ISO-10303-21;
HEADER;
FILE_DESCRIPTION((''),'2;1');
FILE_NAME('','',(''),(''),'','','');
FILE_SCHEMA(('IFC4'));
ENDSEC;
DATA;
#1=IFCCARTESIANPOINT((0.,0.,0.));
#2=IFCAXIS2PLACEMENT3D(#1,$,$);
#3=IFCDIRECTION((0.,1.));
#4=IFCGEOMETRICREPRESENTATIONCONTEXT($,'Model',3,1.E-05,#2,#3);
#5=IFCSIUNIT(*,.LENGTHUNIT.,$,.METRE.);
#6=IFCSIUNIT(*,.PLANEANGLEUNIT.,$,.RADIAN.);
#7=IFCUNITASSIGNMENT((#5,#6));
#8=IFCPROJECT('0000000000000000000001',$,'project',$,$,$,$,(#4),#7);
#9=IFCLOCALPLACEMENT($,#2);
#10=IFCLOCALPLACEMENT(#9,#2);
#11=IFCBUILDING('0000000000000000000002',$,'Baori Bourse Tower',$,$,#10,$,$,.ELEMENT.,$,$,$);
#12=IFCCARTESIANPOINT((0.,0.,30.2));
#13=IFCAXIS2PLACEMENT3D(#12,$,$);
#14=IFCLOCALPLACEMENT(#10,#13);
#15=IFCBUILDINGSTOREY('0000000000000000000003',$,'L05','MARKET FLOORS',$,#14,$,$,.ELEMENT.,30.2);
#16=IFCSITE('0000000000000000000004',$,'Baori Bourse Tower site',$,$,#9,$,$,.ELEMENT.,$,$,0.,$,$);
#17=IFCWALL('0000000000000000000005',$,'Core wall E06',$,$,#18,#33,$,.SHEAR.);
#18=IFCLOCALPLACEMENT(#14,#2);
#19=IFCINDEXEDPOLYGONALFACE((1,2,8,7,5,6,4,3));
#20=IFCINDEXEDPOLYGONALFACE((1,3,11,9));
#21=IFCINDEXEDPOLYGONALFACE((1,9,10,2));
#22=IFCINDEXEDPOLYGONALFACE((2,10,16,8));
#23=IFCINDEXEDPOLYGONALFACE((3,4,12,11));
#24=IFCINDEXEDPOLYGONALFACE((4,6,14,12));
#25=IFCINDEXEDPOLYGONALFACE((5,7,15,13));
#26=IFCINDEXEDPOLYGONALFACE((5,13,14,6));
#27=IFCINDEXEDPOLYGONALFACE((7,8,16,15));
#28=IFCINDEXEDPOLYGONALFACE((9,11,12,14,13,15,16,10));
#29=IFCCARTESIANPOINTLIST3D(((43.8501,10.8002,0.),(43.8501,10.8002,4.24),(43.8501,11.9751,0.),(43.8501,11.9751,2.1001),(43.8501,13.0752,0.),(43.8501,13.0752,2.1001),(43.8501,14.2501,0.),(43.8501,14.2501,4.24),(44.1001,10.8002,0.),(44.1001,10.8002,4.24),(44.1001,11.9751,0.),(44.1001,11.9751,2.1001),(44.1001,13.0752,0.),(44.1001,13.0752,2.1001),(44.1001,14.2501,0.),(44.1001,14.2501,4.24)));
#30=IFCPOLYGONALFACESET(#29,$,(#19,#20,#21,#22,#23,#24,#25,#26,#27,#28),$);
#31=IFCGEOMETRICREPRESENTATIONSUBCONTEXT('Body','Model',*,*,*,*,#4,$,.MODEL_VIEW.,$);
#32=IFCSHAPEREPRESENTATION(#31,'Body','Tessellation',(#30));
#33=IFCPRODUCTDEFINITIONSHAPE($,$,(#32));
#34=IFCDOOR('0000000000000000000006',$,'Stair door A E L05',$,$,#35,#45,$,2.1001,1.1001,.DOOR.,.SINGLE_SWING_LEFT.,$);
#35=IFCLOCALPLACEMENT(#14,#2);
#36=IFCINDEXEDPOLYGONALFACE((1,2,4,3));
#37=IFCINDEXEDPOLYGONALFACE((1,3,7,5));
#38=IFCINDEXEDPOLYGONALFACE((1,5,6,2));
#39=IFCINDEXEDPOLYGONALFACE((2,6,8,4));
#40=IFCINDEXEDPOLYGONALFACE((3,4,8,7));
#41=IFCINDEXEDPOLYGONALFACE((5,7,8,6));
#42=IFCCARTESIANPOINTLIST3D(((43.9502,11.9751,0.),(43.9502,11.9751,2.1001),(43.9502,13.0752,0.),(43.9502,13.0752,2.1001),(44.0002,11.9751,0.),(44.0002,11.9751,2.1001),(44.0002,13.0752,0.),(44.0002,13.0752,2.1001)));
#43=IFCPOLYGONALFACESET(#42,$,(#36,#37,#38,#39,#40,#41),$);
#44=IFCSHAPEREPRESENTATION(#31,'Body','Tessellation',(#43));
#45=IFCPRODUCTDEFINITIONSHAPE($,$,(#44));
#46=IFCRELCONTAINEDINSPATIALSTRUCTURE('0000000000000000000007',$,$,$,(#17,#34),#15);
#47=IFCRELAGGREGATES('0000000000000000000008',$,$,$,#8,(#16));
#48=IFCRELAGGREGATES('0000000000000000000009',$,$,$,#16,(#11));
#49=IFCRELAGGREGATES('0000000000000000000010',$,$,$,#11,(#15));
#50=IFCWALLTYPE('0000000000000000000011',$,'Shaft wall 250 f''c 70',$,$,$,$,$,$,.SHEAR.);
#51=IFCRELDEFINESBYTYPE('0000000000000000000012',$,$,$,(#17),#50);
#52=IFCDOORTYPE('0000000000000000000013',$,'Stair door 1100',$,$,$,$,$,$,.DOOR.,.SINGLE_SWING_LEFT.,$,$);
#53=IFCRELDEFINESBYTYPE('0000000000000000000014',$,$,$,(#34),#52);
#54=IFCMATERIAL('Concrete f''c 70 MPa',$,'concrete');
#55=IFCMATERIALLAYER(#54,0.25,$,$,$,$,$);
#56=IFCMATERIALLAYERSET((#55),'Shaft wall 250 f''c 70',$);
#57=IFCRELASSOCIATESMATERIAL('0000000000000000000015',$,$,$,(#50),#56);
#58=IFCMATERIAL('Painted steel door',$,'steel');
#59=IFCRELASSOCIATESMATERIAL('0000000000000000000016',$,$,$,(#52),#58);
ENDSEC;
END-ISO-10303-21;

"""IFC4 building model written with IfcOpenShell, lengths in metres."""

from ifc_helpers import new_model, si_unit, direction, frame, frame_2d, origin, place, context, subcontext, project, spatial, rectangle, extrude, material, layer, layer_set, type_object, element, fill, save


model = new_model("IFC4")

# Units and contexts
model_context = context("Model", 3, precision=1e-05, world=origin(), true_north=direction((0.0, 1.0)))
body_context = subcontext(model_context, "Body", "Model", "MODEL_VIEW")
ifc_project = project(units=[si_unit("LENGTHUNIT", "METRE"), si_unit("PLANEANGLEUNIT", "RADIAN")], contexts=[model_context])

# Site, building, storey
site_placement = place(None, origin())
site = spatial("IfcSite", under=ifc_project, at=site_placement, Name="Baori Bourse Tower site", CompositionType="ELEMENT", RefElevation=0.0)
building_placement = place(site_placement, origin())
building = spatial("IfcBuilding", under=site, at=building_placement, Name="Baori Bourse Tower", CompositionType="ELEMENT")
storey_placement = place(building_placement, frame((0.0, 0.0, 30.2)))
storey = spatial("IfcBuildingStorey", under=building, at=storey_placement, Name="L05", Description="MARKET FLOORS", CompositionType="ELEMENT", Elevation=30.2)

# Wall, opening, door
ifc_material_1 = material(Name="Concrete f'c 70 MPa", Category="concrete")
ifc_layer_1 = layer(ifc_material_1, 0.25)
ifc_layer_set_1 = layer_set([ifc_layer_1], Name="Shaft wall 250 f'c 70")
wall_type_1 = type_object("IfcWallType", Name="Shaft wall 250 f'c 70", PredefinedType="SHEAR", material=ifc_layer_set_1)
wall_1_placement = place(storey_placement, frame((43.9751, 10.8, 0.0), z_axis=(0.0, 0.0, 1.0), x_axis=(0.0, 1.0, 0.0)))
wall_1 = element("IfcWall", 1, at=wall_1_placement, inside=storey, type_object=wall_type_1, Name="Core wall E06", PredefinedType="SHEAR", context=body_context, shape_type="SweptSolid", body=[
    extrude(rectangle(XDim=3.45, YDim=0.25, at=frame_2d((1.7251, 0.0))), origin(), (0.0, 0.0, 1.0), 4.24),
])
opening_1_placement = place(wall_1_placement, frame((1.175, 0.0, 0.0)))
opening_1 = element("IfcOpeningElement", 2, at=opening_1_placement, cuts=wall_1, PredefinedType="OPENING", context=body_context, shape_type="SweptSolid", body=[
    extrude(rectangle(XDim=1.1001, YDim=2.1001, at=frame_2d((0.55, 1.05))), frame((0.0, 0.135, 0.0), z_axis=(0.0, -1.0, 0.0), x_axis=(1.0, 0.0, 0.0)), (0.0, 0.0, 1.0), 0.27),
])
ifc_material_2 = material(Name="Painted steel door", Category="steel")
door_type_1 = type_object("IfcDoorType", Name="Stair door 1100", OperationType="SINGLE_SWING_LEFT", PredefinedType="DOOR", material=ifc_material_2)
door_1_placement = place(opening_1_placement, origin())
door_1 = element("IfcDoor", 3, at=door_1_placement, inside=storey, type_object=door_type_1, Name="Stair door A E L05", OperationType="SINGLE_SWING_LEFT", OverallHeight=2.1001, OverallWidth=1.1001, PredefinedType="DOOR", context=body_context, shape_type="SweptSolid", body=[
    extrude(rectangle(XDim=1.1001, YDim=2.1001, at=frame_2d((0.55, 1.05))), frame((0.0, 0.0249, 0.0), z_axis=(0.0, -1.0, 0.0), x_axis=(1.0, 0.0, 0.0)), (0.0, 0.0, 1.0), 0.05),
])
fill(opening_1, door_1)

save(model, "model.ifc")
